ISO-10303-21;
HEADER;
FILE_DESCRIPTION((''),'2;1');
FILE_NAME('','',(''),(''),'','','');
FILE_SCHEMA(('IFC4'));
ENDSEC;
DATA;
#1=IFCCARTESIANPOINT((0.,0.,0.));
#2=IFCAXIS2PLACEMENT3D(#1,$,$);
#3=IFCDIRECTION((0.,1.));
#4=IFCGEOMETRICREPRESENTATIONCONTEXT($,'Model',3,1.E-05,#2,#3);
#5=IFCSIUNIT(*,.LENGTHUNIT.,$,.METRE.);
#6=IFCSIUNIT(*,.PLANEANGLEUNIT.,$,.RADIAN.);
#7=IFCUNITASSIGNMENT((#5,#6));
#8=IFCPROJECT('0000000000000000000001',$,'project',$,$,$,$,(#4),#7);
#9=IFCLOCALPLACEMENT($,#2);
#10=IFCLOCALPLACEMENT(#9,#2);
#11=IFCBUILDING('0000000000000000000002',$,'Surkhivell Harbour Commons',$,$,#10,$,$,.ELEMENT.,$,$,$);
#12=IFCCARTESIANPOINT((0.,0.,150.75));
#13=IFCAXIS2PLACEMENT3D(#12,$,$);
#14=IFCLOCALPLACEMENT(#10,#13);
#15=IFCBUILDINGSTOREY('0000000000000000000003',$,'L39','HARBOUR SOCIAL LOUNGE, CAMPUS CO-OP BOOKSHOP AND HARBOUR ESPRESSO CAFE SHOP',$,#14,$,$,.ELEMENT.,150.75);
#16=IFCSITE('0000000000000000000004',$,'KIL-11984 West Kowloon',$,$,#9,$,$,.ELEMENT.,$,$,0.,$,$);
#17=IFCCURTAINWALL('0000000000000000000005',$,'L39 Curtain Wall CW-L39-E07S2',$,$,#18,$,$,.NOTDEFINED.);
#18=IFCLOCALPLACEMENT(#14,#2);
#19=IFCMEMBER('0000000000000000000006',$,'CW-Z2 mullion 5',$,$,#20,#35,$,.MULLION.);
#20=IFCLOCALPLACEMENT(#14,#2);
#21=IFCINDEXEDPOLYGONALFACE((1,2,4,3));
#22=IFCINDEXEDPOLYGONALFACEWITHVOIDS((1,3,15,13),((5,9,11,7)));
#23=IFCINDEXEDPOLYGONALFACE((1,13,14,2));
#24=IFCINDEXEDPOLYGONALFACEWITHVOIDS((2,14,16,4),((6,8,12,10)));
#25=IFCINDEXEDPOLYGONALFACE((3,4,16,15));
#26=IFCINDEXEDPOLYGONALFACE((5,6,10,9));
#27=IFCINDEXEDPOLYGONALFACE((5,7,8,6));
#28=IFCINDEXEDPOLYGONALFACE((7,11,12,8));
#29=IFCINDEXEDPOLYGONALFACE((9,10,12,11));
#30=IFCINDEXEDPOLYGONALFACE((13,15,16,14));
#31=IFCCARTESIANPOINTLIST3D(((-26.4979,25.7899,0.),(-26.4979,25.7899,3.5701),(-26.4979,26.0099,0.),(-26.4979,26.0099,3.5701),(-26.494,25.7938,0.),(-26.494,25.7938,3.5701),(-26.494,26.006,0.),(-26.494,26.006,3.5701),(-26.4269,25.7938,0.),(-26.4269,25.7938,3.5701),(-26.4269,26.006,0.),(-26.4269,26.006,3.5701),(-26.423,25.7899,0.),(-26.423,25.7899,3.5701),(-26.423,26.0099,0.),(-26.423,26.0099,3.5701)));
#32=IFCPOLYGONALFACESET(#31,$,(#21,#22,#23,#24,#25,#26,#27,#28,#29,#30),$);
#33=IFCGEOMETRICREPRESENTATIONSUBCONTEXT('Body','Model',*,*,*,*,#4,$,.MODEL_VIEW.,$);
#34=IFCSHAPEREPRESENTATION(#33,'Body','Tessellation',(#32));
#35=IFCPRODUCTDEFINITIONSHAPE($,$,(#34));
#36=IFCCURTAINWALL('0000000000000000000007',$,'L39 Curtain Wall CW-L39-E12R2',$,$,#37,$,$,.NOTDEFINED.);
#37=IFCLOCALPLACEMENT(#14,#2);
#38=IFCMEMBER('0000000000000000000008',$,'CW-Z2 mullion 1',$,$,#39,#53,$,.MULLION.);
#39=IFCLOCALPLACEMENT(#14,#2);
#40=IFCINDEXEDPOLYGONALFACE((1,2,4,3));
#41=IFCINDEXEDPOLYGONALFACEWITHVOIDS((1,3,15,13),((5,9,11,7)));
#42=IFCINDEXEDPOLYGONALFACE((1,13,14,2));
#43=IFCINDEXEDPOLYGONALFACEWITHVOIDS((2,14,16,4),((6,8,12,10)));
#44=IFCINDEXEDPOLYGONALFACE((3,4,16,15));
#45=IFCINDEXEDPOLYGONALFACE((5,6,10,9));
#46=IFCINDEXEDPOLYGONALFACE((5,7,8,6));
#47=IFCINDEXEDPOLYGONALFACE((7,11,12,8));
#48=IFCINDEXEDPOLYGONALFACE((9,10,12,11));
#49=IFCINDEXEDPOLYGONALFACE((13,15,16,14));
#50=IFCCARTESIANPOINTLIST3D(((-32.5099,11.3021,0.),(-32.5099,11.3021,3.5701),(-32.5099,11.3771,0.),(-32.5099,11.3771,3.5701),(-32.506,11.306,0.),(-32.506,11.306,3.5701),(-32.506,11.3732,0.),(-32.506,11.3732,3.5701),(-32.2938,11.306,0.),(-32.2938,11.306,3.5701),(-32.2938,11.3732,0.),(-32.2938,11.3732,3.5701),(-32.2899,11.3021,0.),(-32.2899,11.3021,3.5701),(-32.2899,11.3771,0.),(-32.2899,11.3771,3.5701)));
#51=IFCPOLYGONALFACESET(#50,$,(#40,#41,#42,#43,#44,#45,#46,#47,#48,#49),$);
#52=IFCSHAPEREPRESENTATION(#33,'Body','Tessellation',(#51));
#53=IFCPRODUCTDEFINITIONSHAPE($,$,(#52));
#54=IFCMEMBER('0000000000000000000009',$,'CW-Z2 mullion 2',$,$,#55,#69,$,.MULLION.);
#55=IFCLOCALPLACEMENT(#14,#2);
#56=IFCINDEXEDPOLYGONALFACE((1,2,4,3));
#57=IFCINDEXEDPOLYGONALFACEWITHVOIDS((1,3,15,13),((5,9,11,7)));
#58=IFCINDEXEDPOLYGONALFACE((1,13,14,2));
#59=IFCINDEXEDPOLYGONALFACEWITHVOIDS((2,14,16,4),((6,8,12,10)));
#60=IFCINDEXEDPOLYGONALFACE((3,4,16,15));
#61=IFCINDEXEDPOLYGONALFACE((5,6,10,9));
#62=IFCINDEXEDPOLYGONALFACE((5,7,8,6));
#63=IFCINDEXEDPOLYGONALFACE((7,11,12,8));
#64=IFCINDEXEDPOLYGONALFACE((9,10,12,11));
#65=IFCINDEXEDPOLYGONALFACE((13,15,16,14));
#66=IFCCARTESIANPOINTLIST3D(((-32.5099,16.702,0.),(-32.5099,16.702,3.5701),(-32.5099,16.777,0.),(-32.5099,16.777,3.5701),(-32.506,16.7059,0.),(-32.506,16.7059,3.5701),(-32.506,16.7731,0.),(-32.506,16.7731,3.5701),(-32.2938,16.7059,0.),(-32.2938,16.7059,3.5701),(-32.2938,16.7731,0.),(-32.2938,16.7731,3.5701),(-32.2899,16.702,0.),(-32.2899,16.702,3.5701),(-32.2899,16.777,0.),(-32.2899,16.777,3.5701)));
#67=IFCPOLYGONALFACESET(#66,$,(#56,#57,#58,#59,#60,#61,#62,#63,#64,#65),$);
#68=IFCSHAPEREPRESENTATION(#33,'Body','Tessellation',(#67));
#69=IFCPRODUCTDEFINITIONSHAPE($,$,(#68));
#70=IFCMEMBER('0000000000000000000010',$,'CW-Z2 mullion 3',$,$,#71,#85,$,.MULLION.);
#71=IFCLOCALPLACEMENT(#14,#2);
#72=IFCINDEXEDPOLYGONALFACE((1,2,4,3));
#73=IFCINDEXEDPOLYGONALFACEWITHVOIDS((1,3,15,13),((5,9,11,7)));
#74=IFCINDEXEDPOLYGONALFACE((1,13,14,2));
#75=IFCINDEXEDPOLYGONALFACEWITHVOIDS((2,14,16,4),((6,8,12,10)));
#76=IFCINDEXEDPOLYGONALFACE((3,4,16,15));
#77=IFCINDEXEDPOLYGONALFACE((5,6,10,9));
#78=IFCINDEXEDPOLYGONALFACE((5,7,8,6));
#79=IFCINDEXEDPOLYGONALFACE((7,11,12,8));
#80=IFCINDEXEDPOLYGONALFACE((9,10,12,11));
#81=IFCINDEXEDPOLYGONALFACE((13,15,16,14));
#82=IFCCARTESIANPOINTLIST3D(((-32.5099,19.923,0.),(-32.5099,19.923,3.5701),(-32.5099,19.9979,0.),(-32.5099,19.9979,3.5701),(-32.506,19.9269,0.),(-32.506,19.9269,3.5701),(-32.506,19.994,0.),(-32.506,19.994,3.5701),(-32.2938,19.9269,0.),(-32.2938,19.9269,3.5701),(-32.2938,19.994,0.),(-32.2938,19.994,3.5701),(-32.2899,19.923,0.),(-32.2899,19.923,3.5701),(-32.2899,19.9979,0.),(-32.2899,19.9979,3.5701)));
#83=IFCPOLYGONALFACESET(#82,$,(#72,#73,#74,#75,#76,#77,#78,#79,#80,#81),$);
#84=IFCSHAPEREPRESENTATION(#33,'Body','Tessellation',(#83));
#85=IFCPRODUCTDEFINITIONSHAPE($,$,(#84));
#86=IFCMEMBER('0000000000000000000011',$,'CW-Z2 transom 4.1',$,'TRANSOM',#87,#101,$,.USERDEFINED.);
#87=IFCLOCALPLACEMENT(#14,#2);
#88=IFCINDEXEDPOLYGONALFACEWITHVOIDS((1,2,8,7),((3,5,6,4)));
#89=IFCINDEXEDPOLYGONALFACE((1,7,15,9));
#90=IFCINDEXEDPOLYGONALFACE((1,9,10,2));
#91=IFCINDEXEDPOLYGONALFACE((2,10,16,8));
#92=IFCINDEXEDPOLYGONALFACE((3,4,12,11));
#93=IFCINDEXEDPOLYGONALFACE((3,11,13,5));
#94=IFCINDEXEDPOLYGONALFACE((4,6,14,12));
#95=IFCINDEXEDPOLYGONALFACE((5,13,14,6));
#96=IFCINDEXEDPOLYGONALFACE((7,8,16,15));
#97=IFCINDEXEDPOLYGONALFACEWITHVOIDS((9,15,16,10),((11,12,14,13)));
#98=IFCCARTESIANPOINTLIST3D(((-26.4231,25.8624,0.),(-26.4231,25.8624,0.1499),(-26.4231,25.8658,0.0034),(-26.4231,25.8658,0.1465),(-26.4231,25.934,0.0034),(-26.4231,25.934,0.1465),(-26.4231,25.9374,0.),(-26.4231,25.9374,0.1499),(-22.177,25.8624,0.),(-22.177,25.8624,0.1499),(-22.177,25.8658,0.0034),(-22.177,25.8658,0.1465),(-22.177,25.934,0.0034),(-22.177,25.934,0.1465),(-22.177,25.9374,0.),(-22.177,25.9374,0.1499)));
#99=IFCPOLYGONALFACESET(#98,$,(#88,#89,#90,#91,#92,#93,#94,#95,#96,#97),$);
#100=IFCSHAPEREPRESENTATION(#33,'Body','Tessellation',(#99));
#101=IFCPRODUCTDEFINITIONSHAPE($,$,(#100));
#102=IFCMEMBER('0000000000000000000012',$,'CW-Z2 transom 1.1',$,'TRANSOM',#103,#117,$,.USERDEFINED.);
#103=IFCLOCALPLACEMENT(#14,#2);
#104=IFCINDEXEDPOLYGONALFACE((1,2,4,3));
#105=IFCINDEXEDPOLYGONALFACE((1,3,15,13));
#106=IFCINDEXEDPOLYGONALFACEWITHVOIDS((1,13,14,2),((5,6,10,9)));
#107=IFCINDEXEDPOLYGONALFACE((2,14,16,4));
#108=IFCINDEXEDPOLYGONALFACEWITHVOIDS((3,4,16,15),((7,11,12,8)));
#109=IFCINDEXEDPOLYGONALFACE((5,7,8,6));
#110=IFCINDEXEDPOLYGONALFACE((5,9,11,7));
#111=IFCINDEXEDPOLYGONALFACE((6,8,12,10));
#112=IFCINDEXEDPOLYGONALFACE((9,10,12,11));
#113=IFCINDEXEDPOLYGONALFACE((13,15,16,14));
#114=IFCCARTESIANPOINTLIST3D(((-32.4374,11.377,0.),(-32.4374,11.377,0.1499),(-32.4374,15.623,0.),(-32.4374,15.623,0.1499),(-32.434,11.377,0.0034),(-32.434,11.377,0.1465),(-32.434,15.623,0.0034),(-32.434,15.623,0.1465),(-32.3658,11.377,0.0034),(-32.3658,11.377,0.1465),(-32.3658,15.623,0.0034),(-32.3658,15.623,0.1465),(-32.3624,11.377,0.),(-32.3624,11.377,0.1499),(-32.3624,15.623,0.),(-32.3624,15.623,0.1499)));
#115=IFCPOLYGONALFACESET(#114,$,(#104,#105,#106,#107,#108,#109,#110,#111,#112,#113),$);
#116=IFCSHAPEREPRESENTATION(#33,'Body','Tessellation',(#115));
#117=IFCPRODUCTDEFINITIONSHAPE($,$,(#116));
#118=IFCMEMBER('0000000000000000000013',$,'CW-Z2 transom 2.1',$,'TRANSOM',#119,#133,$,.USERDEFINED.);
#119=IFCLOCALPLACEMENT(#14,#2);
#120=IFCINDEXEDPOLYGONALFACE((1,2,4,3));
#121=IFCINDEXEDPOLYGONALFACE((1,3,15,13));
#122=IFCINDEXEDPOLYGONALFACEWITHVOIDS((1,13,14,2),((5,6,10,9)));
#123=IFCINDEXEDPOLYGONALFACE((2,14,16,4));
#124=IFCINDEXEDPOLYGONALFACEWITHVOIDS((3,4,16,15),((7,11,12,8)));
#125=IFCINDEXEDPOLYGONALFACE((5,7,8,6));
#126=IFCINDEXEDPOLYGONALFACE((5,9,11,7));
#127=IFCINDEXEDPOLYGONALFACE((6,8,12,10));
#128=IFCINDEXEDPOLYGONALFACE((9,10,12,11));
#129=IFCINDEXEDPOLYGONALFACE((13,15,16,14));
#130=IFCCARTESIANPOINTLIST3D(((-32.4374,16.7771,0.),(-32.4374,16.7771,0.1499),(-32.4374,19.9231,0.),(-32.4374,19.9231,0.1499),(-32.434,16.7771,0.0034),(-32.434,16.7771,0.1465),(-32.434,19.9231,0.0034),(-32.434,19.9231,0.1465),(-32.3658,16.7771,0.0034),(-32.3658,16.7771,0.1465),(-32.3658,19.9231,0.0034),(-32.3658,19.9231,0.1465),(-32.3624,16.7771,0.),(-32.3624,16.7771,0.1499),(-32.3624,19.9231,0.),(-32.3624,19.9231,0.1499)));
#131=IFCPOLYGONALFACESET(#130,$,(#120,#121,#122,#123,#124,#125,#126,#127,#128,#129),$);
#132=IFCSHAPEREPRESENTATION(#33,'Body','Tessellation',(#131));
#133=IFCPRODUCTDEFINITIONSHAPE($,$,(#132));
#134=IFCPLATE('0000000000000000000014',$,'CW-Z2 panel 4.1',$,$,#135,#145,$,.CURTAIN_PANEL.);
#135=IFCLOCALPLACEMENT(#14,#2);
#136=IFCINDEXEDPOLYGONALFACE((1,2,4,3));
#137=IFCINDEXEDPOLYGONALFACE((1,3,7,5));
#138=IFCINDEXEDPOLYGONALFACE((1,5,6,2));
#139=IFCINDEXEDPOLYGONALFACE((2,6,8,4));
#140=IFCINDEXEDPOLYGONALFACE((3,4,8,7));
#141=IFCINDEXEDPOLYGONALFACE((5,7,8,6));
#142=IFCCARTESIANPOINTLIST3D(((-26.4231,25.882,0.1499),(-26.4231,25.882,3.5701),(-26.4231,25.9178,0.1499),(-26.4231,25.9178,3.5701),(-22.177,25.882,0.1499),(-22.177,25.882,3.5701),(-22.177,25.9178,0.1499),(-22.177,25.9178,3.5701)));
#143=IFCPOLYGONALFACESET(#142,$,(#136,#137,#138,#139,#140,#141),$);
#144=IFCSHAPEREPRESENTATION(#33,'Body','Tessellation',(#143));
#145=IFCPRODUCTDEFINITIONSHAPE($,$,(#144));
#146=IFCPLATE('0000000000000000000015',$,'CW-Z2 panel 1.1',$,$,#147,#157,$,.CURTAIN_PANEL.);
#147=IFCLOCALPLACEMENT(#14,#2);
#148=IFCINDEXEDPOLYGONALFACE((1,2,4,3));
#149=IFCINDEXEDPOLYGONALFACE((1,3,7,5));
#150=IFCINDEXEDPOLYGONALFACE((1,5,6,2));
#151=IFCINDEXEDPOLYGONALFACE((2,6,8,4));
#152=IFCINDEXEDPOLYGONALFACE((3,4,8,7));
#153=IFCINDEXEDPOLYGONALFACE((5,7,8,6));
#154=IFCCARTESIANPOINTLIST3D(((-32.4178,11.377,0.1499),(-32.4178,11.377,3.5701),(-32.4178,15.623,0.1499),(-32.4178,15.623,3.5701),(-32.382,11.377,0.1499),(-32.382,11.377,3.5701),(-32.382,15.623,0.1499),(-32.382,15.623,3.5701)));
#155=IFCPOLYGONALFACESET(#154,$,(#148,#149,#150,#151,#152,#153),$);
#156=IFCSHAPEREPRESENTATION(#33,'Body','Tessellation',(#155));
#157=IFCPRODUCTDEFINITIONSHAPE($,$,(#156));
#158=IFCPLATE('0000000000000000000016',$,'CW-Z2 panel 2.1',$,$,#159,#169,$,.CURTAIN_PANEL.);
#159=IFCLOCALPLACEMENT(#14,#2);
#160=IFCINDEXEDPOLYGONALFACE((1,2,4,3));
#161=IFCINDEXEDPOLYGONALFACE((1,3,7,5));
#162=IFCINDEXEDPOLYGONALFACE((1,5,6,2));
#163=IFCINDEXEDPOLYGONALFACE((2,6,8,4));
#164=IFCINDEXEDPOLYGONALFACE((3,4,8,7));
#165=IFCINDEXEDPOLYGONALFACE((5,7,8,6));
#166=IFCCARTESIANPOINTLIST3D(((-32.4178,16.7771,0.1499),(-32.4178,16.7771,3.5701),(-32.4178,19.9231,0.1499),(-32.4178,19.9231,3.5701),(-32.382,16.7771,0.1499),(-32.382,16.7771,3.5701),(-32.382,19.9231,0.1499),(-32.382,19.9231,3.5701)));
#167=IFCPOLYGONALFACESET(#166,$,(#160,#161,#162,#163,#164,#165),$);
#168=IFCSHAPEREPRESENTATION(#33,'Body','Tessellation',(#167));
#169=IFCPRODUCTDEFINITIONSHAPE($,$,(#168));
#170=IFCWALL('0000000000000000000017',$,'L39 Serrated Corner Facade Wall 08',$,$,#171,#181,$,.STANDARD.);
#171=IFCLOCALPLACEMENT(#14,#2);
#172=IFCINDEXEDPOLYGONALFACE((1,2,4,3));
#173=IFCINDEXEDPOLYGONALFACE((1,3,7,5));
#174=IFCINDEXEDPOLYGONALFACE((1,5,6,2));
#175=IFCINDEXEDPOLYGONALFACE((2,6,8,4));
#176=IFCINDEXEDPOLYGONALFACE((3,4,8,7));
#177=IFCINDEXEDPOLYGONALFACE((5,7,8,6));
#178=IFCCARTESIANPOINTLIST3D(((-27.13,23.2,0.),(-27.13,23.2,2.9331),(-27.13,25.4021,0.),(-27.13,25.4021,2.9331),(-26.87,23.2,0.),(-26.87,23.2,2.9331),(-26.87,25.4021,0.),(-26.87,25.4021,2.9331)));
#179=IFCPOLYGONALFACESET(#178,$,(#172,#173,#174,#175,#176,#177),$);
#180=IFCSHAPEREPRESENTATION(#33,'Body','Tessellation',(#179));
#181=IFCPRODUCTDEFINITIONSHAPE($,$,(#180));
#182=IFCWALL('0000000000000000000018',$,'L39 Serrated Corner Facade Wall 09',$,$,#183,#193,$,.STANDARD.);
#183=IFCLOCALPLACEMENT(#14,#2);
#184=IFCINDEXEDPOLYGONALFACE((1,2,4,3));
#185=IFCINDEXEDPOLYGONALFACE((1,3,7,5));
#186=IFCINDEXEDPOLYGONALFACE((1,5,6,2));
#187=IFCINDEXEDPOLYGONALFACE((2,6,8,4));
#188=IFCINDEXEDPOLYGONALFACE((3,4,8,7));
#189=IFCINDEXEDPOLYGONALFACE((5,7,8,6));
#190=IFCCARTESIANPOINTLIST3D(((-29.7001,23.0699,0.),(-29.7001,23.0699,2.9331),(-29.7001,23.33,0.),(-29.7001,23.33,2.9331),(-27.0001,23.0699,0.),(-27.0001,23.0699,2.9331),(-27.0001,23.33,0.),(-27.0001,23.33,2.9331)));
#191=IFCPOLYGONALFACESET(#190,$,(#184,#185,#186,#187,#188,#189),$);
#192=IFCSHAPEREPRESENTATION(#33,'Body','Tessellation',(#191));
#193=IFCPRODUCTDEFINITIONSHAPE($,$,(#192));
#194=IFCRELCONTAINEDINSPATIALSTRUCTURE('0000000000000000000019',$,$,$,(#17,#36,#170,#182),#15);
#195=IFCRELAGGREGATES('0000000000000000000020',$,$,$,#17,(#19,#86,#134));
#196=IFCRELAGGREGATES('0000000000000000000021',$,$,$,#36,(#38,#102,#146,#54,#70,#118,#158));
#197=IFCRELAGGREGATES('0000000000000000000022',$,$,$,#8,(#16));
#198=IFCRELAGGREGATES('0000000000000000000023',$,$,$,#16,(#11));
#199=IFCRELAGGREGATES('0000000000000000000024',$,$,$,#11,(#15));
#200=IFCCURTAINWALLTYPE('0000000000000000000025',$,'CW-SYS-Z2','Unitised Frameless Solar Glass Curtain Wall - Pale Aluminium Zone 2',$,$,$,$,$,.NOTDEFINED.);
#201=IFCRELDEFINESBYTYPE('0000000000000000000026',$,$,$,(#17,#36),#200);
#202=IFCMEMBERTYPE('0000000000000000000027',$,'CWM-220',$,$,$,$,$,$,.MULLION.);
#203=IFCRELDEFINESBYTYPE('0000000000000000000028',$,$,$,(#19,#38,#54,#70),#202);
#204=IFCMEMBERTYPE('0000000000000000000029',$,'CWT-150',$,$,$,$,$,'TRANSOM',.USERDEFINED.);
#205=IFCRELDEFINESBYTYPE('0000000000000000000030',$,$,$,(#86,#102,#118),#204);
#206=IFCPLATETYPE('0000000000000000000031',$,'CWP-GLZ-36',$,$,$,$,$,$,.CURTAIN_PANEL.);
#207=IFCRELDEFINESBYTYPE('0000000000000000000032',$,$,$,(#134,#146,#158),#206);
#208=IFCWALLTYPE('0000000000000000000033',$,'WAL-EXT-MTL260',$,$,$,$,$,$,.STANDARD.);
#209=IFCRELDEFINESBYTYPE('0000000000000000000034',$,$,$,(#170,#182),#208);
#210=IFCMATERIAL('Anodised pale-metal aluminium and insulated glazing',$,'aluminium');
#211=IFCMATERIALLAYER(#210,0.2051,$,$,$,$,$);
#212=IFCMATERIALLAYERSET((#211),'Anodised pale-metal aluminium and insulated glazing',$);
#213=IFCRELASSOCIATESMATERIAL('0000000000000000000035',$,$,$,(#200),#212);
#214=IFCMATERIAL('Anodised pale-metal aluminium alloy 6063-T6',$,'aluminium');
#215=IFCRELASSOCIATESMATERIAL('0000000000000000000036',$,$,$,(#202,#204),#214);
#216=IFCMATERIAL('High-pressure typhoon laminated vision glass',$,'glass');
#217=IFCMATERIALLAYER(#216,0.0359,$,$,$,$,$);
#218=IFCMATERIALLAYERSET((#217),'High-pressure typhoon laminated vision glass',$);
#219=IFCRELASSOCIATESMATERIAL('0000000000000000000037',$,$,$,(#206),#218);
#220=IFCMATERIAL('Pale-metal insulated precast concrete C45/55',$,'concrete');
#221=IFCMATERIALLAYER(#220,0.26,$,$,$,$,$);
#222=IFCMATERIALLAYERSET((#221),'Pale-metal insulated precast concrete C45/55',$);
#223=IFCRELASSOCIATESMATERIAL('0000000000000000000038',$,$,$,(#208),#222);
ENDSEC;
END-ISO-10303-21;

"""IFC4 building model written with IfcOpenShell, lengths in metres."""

from ifc_helpers import new_model, si_unit, direction, frame, frame_2d, origin, origin_2d, place, context, subcontext, project, spatial, rectangle, hollow_rectangle, extrude, material, layer, layer_set, material_profile, profile_set, type_object, element, aggregate, save


model = new_model("IFC4")

# Units and contexts
model_context = context("Model", 3, precision=1e-05, world=origin(), true_north=direction((0.0, 1.0)))
body_context = subcontext(model_context, "Body", "Model", "MODEL_VIEW")
ifc_project = project(units=[si_unit("LENGTHUNIT", "METRE"), si_unit("PLANEANGLEUNIT", "RADIAN")], contexts=[model_context])

# Site, building, storey
site_placement = place(None, origin())
site = spatial("IfcSite", under=ifc_project, at=site_placement, Name="KIL-11984 West Kowloon", CompositionType="ELEMENT", RefElevation=0.0)
building_placement = place(site_placement, origin())
building = spatial("IfcBuilding", under=site, at=building_placement, Name="Surkhivell Harbour Commons", CompositionType="ELEMENT")
storey_placement = place(building_placement, frame((0.0, 0.0, 150.75)))
storey = spatial("IfcBuildingStorey", under=building, at=storey_placement, Name="L39", Description="HARBOUR SOCIAL LOUNGE, CAMPUS CO-OP BOOKSHOP AND HARBOUR ESPRESSO CAFE SHOP", CompositionType="ELEMENT", Elevation=150.75)

# Curtain walls, members
ifc_material_1 = material(Name="Anodised pale-metal aluminium and insulated glazing", Category="aluminium")
ifc_layer_1 = layer(ifc_material_1, 0.2051)
ifc_layer_set_1 = layer_set([ifc_layer_1], Name="Anodised pale-metal aluminium and insulated glazing")
curtain_wall_type = type_object("IfcCurtainWallType", Name="CW-SYS-Z2", Description="Unitised Frameless Solar Glass Curtain Wall - Pale Aluminium Zone 2", PredefinedType="NOTDEFINED", material=ifc_layer_set_1)
curtain_wall_1_placement = place(storey_placement, origin())
curtain_wall_1 = element("IfcCurtainWall", 1, at=curtain_wall_1_placement, inside=storey, type_object=curtain_wall_type, Name="L39 Curtain Wall CW-L39-E07S2", PredefinedType="NOTDEFINED")
ifc_material_2 = material(Name="Anodised pale-metal aluminium alloy 6063-T6", Category="aluminium")
ifc_material_profile_1 = material_profile(ifc_material_2, hollow_rectangle(XDim=0.075, YDim=0.22, WallThickness=0.0039, at=origin_2d()), Name="ALU-MULL-75x220")
ifc_profile_set_1 = profile_set([ifc_material_profile_1], Name="Anodised pale-metal aluminium alloy 6063-T6")
member_type_1 = type_object("IfcMemberType", Name="CWM-220", PredefinedType="MULLION", material=ifc_profile_set_1)
member_1_placement = place(storey_placement, frame((-26.4604, 25.8999, 0.0), z_axis=(0.0, 0.0, 1.0), x_axis=(-1.0, 0.0, 0.0)))
member_1 = element("IfcMember", 2, at=member_1_placement, type_object=member_type_1, Name="CW-Z2 mullion 5", PredefinedType="MULLION", context=body_context, shape_type="SweptSolid", body=[
    extrude(hollow_rectangle(XDim=0.075, YDim=0.22, WallThickness=0.0039, at=origin_2d()), origin(), (0.0, 0.0, 1.0), 3.5701),
])
curtain_wall_2_placement = place(storey_placement, origin())
curtain_wall_2 = element("IfcCurtainWall", 3, at=curtain_wall_2_placement, inside=storey, type_object=curtain_wall_type, Name="L39 Curtain Wall CW-L39-E12R2", PredefinedType="NOTDEFINED")
member_2_placement = place(storey_placement, frame((-32.3999, 11.3396, 0.0), z_axis=(0.0, 0.0, 1.0), x_axis=(0.0, 1.0, 0.0)))
member_2 = element("IfcMember", 4, at=member_2_placement, type_object=member_type_1, Name="CW-Z2 mullion 1", PredefinedType="MULLION", context=body_context, shape_type="SweptSolid", body=[
    extrude(hollow_rectangle(XDim=0.075, YDim=0.22, WallThickness=0.0039, at=origin_2d()), origin(), (0.0, 0.0, 1.0), 3.5701),
])
member_3_placement = place(storey_placement, frame((-32.3999, 16.7395, 0.0), z_axis=(0.0, 0.0, 1.0), x_axis=(0.0, 1.0, 0.0)))
member_3 = element("IfcMember", 5, at=member_3_placement, type_object=member_type_1, Name="CW-Z2 mullion 2", PredefinedType="MULLION", context=body_context, shape_type="SweptSolid", body=[
    extrude(hollow_rectangle(XDim=0.075, YDim=0.22, WallThickness=0.0039, at=origin_2d()), origin(), (0.0, 0.0, 1.0), 3.5701),
])
member_4_placement = place(storey_placement, frame((-32.3999, 19.9604, 0.0), z_axis=(0.0, 0.0, 1.0), x_axis=(0.0, 1.0, 0.0)))
member_4 = element("IfcMember", 6, at=member_4_placement, type_object=member_type_1, Name="CW-Z2 mullion 3", PredefinedType="MULLION", context=body_context, shape_type="SweptSolid", body=[
    extrude(hollow_rectangle(XDim=0.075, YDim=0.22, WallThickness=0.0039, at=origin_2d()), origin(), (0.0, 0.0, 1.0), 3.5701),
])

# Members
ifc_material_profile_2 = material_profile(ifc_material_2, hollow_rectangle(XDim=0.075, YDim=0.1499, WallThickness=0.0034, at=origin_2d()), Name="ALU-TRAN-75x150")
ifc_profile_set_2 = profile_set([ifc_material_profile_2], Name="Anodised pale-metal aluminium alloy 6063-T6")
member_type_2 = type_object("IfcMemberType", Name="CWT-150", ElementType="TRANSOM", PredefinedType="USERDEFINED", material=ifc_profile_set_2)
member_5_placement = place(storey_placement, frame((-22.177, 25.8999, 0.075), z_axis=(-1.0, 0.0, 0.0), x_axis=(0.0, -1.0, 0.0)))
member_5 = element("IfcMember", 7, at=member_5_placement, type_object=member_type_2, Name="CW-Z2 transom 4.1", ObjectType="TRANSOM", PredefinedType="USERDEFINED", context=body_context, shape_type="SweptSolid", body=[
    extrude(hollow_rectangle(XDim=0.075, YDim=0.1499, WallThickness=0.0034, at=origin_2d()), origin(), (0.0, 0.0, 1.0), 4.2461),
])
member_6_placement = place(storey_placement, frame((-32.3999, 11.377, 0.075), z_axis=(0.0, 1.0, 0.0), x_axis=(-1.0, 0.0, 0.0)))
member_6 = element("IfcMember", 8, at=member_6_placement, type_object=member_type_2, Name="CW-Z2 transom 1.1", ObjectType="TRANSOM", PredefinedType="USERDEFINED", context=body_context, shape_type="SweptSolid", body=[
    extrude(hollow_rectangle(XDim=0.075, YDim=0.1499, WallThickness=0.0034, at=origin_2d()), origin(), (0.0, 0.0, 1.0), 4.2461),
])
member_7_placement = place(storey_placement, frame((-32.3999, 16.7771, 0.075), z_axis=(0.0, 1.0, 0.0), x_axis=(-1.0, 0.0, 0.0)))
member_7 = element("IfcMember", 9, at=member_7_placement, type_object=member_type_2, Name="CW-Z2 transom 2.1", ObjectType="TRANSOM", PredefinedType="USERDEFINED", context=body_context, shape_type="SweptSolid", body=[
    extrude(hollow_rectangle(XDim=0.075, YDim=0.1499, WallThickness=0.0034, at=origin_2d()), origin(), (0.0, 0.0, 1.0), 3.146),
])

# Plates
ifc_material_3 = material(Name="High-pressure typhoon laminated vision glass", Category="glass")
ifc_layer_2 = layer(ifc_material_3, 0.0359)
ifc_layer_set_2 = layer_set([ifc_layer_2], Name="High-pressure typhoon laminated vision glass")
plate_type = type_object("IfcPlateType", Name="CWP-GLZ-36", PredefinedType="CURTAIN_PANEL", material=ifc_layer_set_2)
plate_1_placement = place(storey_placement, frame((-22.177, 25.8999, 0.1499), z_axis=(0.0, 0.0, 1.0), x_axis=(-1.0, 0.0, 0.0)))
plate_1 = element("IfcPlate", 10, at=plate_1_placement, type_object=plate_type, Name="CW-Z2 panel 4.1", PredefinedType="CURTAIN_PANEL", context=body_context, shape_type="SweptSolid", body=[
    extrude(rectangle(XDim=4.2461, YDim=0.0359, at=frame_2d((2.123, 0.0))), origin(), (0.0, 0.0, 1.0), 3.4202),
])
aggregate(curtain_wall_1, [member_1, member_5, plate_1])
plate_2_placement = place(storey_placement, frame((-32.3999, 11.377, 0.1499), z_axis=(0.0, 0.0, 1.0), x_axis=(0.0, 1.0, 0.0)))
plate_2 = element("IfcPlate", 11, at=plate_2_placement, type_object=plate_type, Name="CW-Z2 panel 1.1", PredefinedType="CURTAIN_PANEL", context=body_context, shape_type="SweptSolid", body=[
    extrude(rectangle(XDim=4.2461, YDim=0.0359, at=frame_2d((2.123, 0.0))), origin(), (0.0, 0.0, 1.0), 3.4202),
])
plate_3_placement = place(storey_placement, frame((-32.3999, 16.7771, 0.1499), z_axis=(0.0, 0.0, 1.0), x_axis=(0.0, 1.0, 0.0)))
plate_3 = element("IfcPlate", 12, at=plate_3_placement, type_object=plate_type, Name="CW-Z2 panel 2.1", PredefinedType="CURTAIN_PANEL", context=body_context, shape_type="SweptSolid", body=[
    extrude(rectangle(XDim=3.146, YDim=0.0359, at=frame_2d((1.573, 0.0))), origin(), (0.0, 0.0, 1.0), 3.4202),
])
aggregate(curtain_wall_2, [member_2, member_6, plate_2, member_3, member_4, member_7, plate_3])

# Walls
ifc_material_4 = material(Name="Pale-metal insulated precast concrete C45/55", Category="concrete")
ifc_layer_3 = layer(ifc_material_4, 0.26)
ifc_layer_set_3 = layer_set([ifc_layer_3], Name="Pale-metal insulated precast concrete C45/55")
wall_type = type_object("IfcWallType", Name="WAL-EXT-MTL260", PredefinedType="STANDARD", material=ifc_layer_set_3)
wall_1_placement = place(storey_placement, frame((-27.0, 25.4021, 0.0), z_axis=(0.0, 0.0, 1.0), x_axis=(0.0, -1.0, 0.0)))
element("IfcWall", 13, at=wall_1_placement, inside=storey, type_object=wall_type, Name="L39 Serrated Corner Facade Wall 08", PredefinedType="STANDARD", context=body_context, shape_type="SweptSolid", body=[
    extrude(rectangle(XDim=2.2021, YDim=0.26, at=frame_2d((1.1011, 0.0))), origin(), (0.0, 0.0, 1.0), 2.9331),
])
wall_2_placement = place(storey_placement, frame((-27.0, 23.2, 0.0), z_axis=(0.0, 0.0, 1.0), x_axis=(-1.0, 0.0, 0.0)))
element("IfcWall", 14, at=wall_2_placement, inside=storey, type_object=wall_type, Name="L39 Serrated Corner Facade Wall 09", PredefinedType="STANDARD", context=body_context, shape_type="SweptSolid", body=[
    extrude(rectangle(XDim=2.7, YDim=0.26, at=frame_2d((1.3501, 0.0))), origin(), (0.0, 0.0, 1.0), 2.9331),
])

save(model, "model.ifc")
